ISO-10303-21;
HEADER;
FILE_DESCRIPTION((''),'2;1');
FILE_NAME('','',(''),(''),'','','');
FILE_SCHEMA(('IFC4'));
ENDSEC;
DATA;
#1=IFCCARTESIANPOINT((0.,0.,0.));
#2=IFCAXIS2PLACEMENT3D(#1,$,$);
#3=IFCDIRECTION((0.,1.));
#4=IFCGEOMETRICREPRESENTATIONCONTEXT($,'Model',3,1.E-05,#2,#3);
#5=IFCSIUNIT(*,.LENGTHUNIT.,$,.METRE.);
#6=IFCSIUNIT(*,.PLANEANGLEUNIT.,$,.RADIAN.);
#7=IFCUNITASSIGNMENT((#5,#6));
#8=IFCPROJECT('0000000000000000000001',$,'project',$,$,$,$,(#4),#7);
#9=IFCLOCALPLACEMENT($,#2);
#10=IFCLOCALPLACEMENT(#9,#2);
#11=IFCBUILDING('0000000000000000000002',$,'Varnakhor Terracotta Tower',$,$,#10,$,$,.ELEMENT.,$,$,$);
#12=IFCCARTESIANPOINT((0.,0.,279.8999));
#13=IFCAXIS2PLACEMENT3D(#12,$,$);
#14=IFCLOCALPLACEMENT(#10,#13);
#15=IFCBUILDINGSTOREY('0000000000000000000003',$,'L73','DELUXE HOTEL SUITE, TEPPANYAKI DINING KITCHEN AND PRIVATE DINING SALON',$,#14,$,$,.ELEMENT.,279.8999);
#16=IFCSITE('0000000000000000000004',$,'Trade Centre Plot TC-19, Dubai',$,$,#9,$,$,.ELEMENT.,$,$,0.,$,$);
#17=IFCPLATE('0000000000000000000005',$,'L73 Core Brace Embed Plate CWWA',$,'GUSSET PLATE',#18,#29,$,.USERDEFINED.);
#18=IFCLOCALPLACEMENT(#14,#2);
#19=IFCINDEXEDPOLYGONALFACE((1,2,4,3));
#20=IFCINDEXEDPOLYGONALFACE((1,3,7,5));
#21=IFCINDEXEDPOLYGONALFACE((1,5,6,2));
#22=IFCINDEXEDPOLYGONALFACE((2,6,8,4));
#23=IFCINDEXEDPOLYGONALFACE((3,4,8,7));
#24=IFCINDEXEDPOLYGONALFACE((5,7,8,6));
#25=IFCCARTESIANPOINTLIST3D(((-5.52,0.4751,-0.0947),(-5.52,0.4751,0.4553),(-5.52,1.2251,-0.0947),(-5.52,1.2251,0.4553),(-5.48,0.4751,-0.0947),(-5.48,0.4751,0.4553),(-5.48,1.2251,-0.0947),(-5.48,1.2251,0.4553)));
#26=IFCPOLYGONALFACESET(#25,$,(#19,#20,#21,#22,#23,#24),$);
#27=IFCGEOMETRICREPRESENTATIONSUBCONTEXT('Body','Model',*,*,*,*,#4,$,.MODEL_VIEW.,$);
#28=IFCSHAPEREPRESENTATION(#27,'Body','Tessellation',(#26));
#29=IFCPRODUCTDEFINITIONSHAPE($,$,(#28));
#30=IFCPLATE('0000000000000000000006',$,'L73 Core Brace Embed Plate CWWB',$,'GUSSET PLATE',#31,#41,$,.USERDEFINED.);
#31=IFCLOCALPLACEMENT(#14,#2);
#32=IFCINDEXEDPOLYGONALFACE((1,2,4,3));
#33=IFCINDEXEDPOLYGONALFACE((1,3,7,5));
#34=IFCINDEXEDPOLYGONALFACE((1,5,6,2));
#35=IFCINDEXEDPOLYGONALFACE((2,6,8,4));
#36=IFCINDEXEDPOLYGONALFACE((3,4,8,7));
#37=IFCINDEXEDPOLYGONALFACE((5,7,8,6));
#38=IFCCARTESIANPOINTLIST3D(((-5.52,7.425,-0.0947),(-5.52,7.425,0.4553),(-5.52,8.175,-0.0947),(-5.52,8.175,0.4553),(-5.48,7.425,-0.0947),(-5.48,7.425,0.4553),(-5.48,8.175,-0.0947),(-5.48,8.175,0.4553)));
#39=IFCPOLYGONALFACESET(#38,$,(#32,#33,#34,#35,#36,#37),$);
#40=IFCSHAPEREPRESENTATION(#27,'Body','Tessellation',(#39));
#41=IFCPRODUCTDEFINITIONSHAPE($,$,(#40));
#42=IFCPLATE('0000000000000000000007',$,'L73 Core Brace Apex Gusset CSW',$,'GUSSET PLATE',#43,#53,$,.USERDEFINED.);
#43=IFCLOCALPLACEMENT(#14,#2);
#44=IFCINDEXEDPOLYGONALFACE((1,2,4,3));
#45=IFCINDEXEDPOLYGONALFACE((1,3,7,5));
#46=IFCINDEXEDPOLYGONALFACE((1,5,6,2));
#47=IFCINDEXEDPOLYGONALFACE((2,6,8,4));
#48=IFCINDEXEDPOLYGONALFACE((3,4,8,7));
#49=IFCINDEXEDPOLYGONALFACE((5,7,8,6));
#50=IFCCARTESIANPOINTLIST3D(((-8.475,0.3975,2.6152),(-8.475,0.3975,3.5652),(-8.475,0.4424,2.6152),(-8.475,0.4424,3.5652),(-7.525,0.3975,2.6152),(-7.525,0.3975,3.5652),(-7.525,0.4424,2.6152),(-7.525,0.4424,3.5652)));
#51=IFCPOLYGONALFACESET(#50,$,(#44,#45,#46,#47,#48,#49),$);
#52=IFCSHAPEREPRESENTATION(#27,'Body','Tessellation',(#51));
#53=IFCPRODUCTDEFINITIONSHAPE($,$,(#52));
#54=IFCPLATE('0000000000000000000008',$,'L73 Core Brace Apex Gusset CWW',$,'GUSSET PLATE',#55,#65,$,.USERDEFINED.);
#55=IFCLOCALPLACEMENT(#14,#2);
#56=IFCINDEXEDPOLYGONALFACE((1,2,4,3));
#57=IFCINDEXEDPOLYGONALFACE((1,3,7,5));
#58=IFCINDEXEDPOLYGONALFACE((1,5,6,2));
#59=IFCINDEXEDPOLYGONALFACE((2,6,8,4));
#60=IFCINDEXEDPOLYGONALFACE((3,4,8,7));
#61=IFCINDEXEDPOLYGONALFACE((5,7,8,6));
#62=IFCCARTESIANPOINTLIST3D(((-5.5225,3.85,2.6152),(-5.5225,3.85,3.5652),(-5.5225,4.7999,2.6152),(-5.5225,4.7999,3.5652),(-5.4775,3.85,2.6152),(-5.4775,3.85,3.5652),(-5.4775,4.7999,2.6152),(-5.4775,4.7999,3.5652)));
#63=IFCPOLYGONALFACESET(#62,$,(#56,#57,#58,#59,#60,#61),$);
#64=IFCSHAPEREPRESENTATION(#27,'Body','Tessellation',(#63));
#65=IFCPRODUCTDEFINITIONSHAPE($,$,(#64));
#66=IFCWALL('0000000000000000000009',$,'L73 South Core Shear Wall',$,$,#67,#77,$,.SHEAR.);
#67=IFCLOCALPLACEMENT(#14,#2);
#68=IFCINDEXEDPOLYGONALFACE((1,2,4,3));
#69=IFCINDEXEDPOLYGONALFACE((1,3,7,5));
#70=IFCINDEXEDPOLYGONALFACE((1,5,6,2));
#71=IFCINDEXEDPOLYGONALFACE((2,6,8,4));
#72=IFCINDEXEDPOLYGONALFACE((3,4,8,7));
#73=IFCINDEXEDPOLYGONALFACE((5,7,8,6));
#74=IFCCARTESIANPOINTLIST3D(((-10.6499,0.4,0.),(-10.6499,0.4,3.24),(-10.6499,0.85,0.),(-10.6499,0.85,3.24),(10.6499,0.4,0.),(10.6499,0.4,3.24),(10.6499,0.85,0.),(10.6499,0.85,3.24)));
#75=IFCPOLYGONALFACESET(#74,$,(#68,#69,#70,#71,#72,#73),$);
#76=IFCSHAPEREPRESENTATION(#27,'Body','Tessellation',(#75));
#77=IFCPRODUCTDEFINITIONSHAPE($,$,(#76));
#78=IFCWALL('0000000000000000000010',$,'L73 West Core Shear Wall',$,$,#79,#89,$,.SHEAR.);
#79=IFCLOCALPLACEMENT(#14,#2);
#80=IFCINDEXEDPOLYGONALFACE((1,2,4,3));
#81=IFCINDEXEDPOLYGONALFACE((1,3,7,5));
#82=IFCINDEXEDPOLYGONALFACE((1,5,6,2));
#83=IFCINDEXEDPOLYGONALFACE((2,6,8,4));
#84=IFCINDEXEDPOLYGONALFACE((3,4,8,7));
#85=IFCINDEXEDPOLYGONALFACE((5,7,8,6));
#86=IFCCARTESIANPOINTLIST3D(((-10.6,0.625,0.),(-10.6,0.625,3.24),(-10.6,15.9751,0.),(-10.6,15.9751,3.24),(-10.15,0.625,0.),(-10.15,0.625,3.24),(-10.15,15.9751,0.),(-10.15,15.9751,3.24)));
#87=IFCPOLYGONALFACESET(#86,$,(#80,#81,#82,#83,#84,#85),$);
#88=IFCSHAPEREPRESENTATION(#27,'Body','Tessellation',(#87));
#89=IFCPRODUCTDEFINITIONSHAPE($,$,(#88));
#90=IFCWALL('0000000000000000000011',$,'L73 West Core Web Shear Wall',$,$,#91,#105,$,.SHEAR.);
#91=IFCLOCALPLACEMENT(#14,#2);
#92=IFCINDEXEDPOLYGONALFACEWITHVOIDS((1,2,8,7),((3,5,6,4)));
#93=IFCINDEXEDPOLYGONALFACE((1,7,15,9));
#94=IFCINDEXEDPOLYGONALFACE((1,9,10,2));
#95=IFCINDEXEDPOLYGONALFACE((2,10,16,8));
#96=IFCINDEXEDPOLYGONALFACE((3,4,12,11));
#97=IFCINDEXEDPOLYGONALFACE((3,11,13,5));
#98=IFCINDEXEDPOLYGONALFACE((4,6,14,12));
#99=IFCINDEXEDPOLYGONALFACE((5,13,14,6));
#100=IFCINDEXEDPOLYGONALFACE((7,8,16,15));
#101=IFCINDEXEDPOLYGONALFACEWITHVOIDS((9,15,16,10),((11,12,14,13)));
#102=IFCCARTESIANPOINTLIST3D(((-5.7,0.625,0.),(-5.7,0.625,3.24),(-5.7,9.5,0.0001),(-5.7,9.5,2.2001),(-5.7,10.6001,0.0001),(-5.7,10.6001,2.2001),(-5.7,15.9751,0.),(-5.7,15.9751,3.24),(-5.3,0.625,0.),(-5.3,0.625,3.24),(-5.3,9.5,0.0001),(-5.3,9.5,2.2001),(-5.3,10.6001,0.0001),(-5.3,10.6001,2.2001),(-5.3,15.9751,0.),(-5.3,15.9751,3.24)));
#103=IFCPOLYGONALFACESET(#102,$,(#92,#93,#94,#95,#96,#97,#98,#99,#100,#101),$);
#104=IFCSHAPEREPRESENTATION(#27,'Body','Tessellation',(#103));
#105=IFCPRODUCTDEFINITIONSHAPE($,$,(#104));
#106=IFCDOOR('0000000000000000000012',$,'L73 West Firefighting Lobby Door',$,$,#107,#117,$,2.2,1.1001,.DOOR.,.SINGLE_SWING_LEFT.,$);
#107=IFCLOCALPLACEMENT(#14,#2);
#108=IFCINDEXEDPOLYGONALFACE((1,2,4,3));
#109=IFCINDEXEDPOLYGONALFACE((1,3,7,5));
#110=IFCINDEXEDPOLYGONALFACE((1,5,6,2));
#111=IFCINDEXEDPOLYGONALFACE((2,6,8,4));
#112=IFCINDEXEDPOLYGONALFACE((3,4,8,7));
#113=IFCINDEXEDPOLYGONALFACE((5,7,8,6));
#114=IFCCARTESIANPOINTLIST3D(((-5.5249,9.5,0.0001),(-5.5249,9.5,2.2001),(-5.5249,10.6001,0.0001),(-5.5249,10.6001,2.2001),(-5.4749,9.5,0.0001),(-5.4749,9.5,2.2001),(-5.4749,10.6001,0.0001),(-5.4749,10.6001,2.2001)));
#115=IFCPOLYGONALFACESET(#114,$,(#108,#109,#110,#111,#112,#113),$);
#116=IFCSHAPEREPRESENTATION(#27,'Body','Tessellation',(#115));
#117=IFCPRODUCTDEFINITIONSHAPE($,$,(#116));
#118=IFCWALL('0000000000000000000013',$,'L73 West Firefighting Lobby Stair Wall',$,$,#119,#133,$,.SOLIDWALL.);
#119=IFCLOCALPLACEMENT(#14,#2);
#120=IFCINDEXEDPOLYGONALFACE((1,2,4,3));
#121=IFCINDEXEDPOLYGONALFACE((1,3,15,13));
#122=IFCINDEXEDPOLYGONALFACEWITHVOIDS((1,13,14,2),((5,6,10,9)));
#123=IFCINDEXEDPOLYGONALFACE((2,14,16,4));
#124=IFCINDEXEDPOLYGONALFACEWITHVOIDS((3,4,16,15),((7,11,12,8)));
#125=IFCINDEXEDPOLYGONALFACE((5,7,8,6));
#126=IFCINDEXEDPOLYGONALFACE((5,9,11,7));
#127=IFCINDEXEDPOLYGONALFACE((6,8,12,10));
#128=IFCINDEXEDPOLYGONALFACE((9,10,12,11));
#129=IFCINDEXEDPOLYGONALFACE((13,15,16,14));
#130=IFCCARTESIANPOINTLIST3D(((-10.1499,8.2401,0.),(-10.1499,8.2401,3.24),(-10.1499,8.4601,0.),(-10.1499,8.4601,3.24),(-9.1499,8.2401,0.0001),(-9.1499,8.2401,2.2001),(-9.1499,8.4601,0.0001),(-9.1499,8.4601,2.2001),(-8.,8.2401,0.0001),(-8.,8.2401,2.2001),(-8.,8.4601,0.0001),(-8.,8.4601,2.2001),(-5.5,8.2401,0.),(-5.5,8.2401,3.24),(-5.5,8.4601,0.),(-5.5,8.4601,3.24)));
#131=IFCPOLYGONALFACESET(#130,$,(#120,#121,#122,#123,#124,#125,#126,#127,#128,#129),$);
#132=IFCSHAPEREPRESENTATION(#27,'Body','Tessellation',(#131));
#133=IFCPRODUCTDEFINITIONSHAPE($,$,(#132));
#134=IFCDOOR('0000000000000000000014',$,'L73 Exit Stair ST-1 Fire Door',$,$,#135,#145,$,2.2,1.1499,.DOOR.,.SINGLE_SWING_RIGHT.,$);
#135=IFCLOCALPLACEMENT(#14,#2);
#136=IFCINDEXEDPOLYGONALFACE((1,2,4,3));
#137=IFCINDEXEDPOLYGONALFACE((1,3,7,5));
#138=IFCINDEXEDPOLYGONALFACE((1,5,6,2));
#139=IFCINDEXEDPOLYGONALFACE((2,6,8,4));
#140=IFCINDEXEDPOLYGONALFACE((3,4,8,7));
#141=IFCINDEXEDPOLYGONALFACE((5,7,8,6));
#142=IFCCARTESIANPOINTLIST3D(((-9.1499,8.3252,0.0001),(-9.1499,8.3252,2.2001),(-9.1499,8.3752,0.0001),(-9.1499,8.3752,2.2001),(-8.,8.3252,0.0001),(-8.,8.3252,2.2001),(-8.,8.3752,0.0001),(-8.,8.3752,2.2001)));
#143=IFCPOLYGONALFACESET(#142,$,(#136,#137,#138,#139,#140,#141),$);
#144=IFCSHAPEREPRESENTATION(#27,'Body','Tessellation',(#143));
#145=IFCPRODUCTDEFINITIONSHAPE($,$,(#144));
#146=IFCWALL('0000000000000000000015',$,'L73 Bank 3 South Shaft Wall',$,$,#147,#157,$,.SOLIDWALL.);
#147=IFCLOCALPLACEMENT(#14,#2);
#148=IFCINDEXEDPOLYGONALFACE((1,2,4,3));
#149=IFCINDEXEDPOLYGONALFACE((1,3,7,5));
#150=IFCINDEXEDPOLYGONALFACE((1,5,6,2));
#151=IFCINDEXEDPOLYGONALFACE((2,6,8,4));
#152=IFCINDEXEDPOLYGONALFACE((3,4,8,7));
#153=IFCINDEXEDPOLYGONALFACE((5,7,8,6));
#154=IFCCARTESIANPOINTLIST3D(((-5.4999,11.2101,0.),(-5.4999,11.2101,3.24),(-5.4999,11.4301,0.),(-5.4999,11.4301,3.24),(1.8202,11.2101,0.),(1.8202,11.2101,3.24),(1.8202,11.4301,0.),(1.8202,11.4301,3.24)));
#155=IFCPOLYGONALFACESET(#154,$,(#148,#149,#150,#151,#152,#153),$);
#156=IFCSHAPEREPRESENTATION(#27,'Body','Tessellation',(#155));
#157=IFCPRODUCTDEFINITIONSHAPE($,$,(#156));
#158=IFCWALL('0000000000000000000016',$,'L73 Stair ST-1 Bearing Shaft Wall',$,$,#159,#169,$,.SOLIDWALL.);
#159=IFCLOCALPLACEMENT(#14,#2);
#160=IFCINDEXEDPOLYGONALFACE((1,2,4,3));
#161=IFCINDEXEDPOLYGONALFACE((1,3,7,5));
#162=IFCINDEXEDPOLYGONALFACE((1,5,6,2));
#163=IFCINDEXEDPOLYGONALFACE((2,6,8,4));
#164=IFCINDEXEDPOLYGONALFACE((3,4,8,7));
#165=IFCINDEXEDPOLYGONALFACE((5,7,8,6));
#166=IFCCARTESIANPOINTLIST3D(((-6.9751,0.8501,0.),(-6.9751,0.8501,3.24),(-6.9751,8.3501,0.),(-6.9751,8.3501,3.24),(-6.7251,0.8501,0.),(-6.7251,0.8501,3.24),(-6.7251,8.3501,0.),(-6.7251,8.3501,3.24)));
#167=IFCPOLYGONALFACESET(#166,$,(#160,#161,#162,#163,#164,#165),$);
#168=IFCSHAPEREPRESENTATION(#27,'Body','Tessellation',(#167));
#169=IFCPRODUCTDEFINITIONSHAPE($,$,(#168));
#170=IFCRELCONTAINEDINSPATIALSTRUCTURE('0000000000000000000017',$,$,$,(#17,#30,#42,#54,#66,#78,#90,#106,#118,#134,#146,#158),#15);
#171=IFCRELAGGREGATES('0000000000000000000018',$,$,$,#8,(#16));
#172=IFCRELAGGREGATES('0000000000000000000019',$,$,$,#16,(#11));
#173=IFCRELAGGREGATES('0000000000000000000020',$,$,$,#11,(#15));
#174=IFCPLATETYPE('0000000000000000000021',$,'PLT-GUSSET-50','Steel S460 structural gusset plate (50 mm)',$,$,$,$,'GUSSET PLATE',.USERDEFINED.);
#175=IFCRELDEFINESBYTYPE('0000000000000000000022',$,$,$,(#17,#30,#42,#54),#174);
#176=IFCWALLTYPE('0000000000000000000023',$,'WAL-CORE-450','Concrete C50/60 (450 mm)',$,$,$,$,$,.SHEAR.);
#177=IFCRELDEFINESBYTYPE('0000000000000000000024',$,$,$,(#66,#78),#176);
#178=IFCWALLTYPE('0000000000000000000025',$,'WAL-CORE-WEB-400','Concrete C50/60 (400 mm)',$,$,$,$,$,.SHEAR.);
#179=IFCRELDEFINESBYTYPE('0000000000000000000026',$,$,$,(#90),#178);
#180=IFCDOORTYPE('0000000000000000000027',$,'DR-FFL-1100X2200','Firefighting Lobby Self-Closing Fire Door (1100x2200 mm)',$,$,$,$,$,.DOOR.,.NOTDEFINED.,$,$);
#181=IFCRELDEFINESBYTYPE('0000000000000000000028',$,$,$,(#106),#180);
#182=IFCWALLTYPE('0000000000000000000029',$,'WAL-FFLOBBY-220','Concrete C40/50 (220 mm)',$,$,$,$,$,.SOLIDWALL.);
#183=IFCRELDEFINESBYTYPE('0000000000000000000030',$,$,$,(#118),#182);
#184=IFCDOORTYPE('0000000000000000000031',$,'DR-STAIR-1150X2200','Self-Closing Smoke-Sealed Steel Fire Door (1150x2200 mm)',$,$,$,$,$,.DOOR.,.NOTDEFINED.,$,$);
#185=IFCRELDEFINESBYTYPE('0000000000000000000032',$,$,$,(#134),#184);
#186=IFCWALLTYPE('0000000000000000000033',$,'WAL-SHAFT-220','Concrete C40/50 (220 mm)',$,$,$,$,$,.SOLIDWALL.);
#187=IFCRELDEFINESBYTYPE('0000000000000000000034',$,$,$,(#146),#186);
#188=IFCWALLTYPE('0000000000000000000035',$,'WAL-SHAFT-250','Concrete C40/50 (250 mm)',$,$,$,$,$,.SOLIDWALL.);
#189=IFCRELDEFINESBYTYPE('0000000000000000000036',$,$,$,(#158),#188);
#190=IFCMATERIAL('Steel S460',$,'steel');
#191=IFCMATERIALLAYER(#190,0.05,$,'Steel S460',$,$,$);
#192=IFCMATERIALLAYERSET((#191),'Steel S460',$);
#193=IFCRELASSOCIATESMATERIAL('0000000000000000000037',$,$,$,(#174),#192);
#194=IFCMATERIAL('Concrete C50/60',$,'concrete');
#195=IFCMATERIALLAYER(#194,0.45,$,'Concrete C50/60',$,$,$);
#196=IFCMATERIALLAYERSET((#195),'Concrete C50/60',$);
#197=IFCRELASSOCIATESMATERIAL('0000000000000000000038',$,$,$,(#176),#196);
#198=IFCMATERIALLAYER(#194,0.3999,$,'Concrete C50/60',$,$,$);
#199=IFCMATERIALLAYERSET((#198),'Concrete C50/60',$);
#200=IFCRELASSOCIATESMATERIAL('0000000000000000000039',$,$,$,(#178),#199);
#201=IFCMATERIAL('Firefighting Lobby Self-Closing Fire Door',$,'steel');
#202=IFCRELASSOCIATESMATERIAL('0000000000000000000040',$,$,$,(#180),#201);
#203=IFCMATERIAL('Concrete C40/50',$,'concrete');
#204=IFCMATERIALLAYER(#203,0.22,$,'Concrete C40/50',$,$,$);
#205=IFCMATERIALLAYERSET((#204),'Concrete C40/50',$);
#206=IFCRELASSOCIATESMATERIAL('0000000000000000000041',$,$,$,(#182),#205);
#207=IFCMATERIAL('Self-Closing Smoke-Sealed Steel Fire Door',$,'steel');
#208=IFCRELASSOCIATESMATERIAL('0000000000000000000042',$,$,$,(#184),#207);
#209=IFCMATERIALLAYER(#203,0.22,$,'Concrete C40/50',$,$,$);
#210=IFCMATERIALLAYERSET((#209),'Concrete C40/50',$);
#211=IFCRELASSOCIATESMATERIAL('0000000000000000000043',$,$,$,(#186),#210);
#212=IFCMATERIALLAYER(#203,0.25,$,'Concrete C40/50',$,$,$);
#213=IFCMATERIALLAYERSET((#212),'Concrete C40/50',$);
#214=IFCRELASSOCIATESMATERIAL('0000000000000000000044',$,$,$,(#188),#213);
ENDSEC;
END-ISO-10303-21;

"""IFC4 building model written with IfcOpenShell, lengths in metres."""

from ifc_helpers import new_model, si_unit, direction, frame, frame_2d, origin, origin_2d, place, context, subcontext, project, spatial, rectangle, extrude, source, transform, mapped, material, layer, layer_set, type_object, type_shapes, element, fill, save


model = new_model("IFC4")

# Units and contexts
model_context = context("Model", 3, precision=1e-05, world=origin(), true_north=direction((0.0, 1.0)))
body_context = subcontext(model_context, "Body", "Model", "MODEL_VIEW")
ifc_project = project(units=[si_unit("LENGTHUNIT", "METRE"), si_unit("PLANEANGLEUNIT", "RADIAN")], contexts=[model_context])

# Site, building, storey
site_placement = place(None, origin())
site = spatial("IfcSite", under=ifc_project, at=site_placement, Name="Trade Centre Plot TC-19, Dubai", CompositionType="ELEMENT", RefElevation=0.0)
building_placement = place(site_placement, origin())
building = spatial("IfcBuilding", under=site, at=building_placement, Name="Varnakhor Terracotta Tower", CompositionType="ELEMENT")
storey_placement = place(building_placement, frame((0.0, 0.0, 279.8999)))
storey = spatial("IfcBuildingStorey", under=building, at=storey_placement, Name="L73", Description="DELUXE HOTEL SUITE, TEPPANYAKI DINING KITCHEN AND PRIVATE DINING SALON", CompositionType="ELEMENT", Elevation=279.8999)

# Shared definitions
ifc_material_1 = material(Name="Concrete C50/60", Category="concrete")

# Plates
ifc_material_2 = material(Name="Steel S460", Category="steel")
ifc_layer_1 = layer(ifc_material_2, 0.05, Name="Steel S460")
ifc_layer_set_1 = layer_set([ifc_layer_1], Name="Steel S460")
plate_type = type_object("IfcPlateType", Name="PLT-GUSSET-50", Description="Steel S460 structural gusset plate (50 mm)", ElementType="GUSSET PLATE", PredefinedType="USERDEFINED", material=ifc_layer_set_1)
shared_shape_1 = source(origin(), body_context, "Body", "SweptSolid", [
    extrude(rectangle(XDim=0.75, YDim=0.04, at=origin_2d()), origin(), (0.0, 0.0, 1.0), 0.55),
])
type_shapes(plate_type, [shared_shape_1])
for number, where, z_axis, x_axis, name in (
    (1, (-5.5, 0.8501, -0.0947), (0.0, 0.0, 1.0), (0.0, 1.0, 0.0), "L73 Core Brace Embed Plate CWWA"),
    (2, (-5.5, 7.8, -0.0947), (0.0, 0.0, 1.0), (0.0, 1.0, 0.0), "L73 Core Brace Embed Plate CWWB"),
):
    element("IfcPlate", number, at=place(storey_placement, frame(where, z_axis=z_axis, x_axis=x_axis)), inside=storey, type_object=plate_type, Name=name, ObjectType="GUSSET PLATE", PredefinedType="USERDEFINED", context=body_context, shape_type="MappedRepresentation", body=[
        mapped(shared_shape_1, transform((0.0, 0.0, 0.0), scale=1.0)),
    ])
shared_shape_2 = source(origin(), body_context, "Body", "SweptSolid", [
    extrude(rectangle(XDim=0.95, YDim=0.0449, at=origin_2d()), origin(), (0.0, 0.0, 1.0), 0.95),
])
for number, where, z_axis, x_axis, name in (
    (3, (-8.0, 0.4199, 2.6152), (0.0, 0.0, 1.0), (1.0, 0.0, 0.0), "L73 Core Brace Apex Gusset CSW"),
    (4, (-5.5, 4.325, 2.6152), (0.0, 0.0, 1.0), (0.0, 1.0, 0.0), "L73 Core Brace Apex Gusset CWW"),
):
    element("IfcPlate", number, at=place(storey_placement, frame(where, z_axis=z_axis, x_axis=x_axis)), inside=storey, type_object=plate_type, Name=name, ObjectType="GUSSET PLATE", PredefinedType="USERDEFINED", context=body_context, shape_type="MappedRepresentation", body=[
        mapped(shared_shape_2, transform((0.0, 0.0, 0.0), scale=1.0)),
    ])

# Walls
ifc_layer_2 = layer(ifc_material_1, 0.45, Name="Concrete C50/60")
ifc_layer_set_2 = layer_set([ifc_layer_2], Name="Concrete C50/60")
wall_type_1 = type_object("IfcWallType", Name="WAL-CORE-450", Description="Concrete C50/60 (450 mm)", PredefinedType="SHEAR", material=ifc_layer_set_2)
wall_1_placement = place(storey_placement, frame((-10.6499, 0.625, 0.0), z_axis=(0.0, 0.0, 1.0), x_axis=(1.0, 0.0, 0.0)))
element("IfcWall", 5, at=wall_1_placement, inside=storey, type_object=wall_type_1, Name="L73 South Core Shear Wall", PredefinedType="SHEAR", context=body_context, shape_type="SweptSolid", body=[
    extrude(rectangle(XDim=21.2998, YDim=0.45, at=frame_2d((10.6499, 0.0))), origin(), (0.0, 0.0, 1.0), 3.24),
])
wall_2_placement = place(storey_placement, frame((-10.375, 0.625, 0.0), z_axis=(0.0, 0.0, 1.0), x_axis=(0.0, 1.0, 0.0)))
element("IfcWall", 6, at=wall_2_placement, inside=storey, type_object=wall_type_1, Name="L73 West Core Shear Wall", PredefinedType="SHEAR", context=body_context, shape_type="SweptSolid", body=[
    extrude(rectangle(XDim=15.3501, YDim=0.45, at=frame_2d((7.675, 0.0))), origin(), (0.0, 0.0, 1.0), 3.24),
])

# Walls, openings, doors
ifc_layer_3 = layer(ifc_material_1, 0.3999, Name="Concrete C50/60")
ifc_layer_set_3 = layer_set([ifc_layer_3], Name="Concrete C50/60")
wall_type_2 = type_object("IfcWallType", Name="WAL-CORE-WEB-400", Description="Concrete C50/60 (400 mm)", PredefinedType="SHEAR", material=ifc_layer_set_3)
wall_3_placement = place(storey_placement, frame((-5.5, 0.625, 0.0), z_axis=(0.0, 0.0, 1.0), x_axis=(0.0, 1.0, 0.0)))
wall_3 = element("IfcWall", 7, at=wall_3_placement, inside=storey, type_object=wall_type_2, Name="L73 West Core Web Shear Wall", PredefinedType="SHEAR", context=body_context, shape_type="SweptSolid", body=[
    extrude(rectangle(XDim=15.3501, YDim=0.3999, at=frame_2d((7.675, 0.0))), origin(), (0.0, 0.0, 1.0), 3.24),
])
opening_1_placement = place(wall_3_placement, frame((8.875, 0.0, 0.0)))
opening_1 = element("IfcOpeningElement", 8, at=opening_1_placement, cuts=wall_3, PredefinedType="OPENING", context=body_context, shape_type="SweptSolid", body=[
    extrude(rectangle(XDim=1.1001, YDim=2.2, at=frame_2d((0.55, 1.1001))), frame((0.0, 0.21, 0.0), z_axis=(0.0, -1.0, 0.0), x_axis=(1.0, 0.0, 0.0)), (0.0, 0.0, 1.0), 0.4199),
])
ifc_material_3 = material(Name="Firefighting Lobby Self-Closing Fire Door", Category="steel")
door_type_1 = type_object("IfcDoorType", Name="DR-FFL-1100X2200", Description="Firefighting Lobby Self-Closing Fire Door (1100x2200 mm)", OperationType="NOTDEFINED", PredefinedType="DOOR", material=ifc_material_3)
shared_shape_3 = source(origin(), body_context, "Body", "SweptSolid", [
    extrude(rectangle(XDim=1.1001, YDim=2.2, at=frame_2d((0.55, 1.1001))), frame((0.0, 0.0249, 0.0), z_axis=(0.0, -1.0, 0.0), x_axis=(1.0, 0.0, 0.0)), (0.0, 0.0, 1.0), 0.05),
])
type_shapes(door_type_1, [shared_shape_3])
door_1_placement = place(opening_1_placement, origin())
door_1 = element("IfcDoor", 9, at=door_1_placement, inside=storey, type_object=door_type_1, Name="L73 West Firefighting Lobby Door", OperationType="SINGLE_SWING_LEFT", OverallHeight=2.2, OverallWidth=1.1001, PredefinedType="DOOR", context=body_context, shape_type="MappedRepresentation", body=[
    mapped(shared_shape_3, transform((0.0, 0.0, 0.0), scale=1.0)),
])
fill(opening_1, door_1)
ifc_material_4 = material(Name="Concrete C40/50", Category="concrete")
ifc_layer_4 = layer(ifc_material_4, 0.22, Name="Concrete C40/50")
ifc_layer_set_4 = layer_set([ifc_layer_4], Name="Concrete C40/50")
wall_type_3 = type_object("IfcWallType", Name="WAL-FFLOBBY-220", Description="Concrete C40/50 (220 mm)", PredefinedType="SOLIDWALL", material=ifc_layer_set_4)
wall_4_placement = place(storey_placement, frame((-5.5, 8.3501, 0.0), z_axis=(0.0, 0.0, 1.0), x_axis=(-1.0, 0.0, 0.0)))
wall_4 = element("IfcWall", 10, at=wall_4_placement, inside=storey, type_object=wall_type_3, Name="L73 West Firefighting Lobby Stair Wall", PredefinedType="SOLIDWALL", context=body_context, shape_type="SweptSolid", body=[
    extrude(rectangle(XDim=4.6499, YDim=0.22, at=frame_2d((2.325, 0.0))), origin(), (0.0, 0.0, 1.0), 3.24),
])
opening_2_placement = place(wall_4_placement, frame((2.5, 0.0, 0.0)))
opening_2 = element("IfcOpeningElement", 11, at=opening_2_placement, cuts=wall_4, PredefinedType="OPENING", context=body_context, shape_type="SweptSolid", body=[
    extrude(rectangle(XDim=1.1499, YDim=2.2, at=frame_2d((0.575, 1.1001))), frame((0.0, 0.1201, 0.0), z_axis=(0.0, -1.0, 0.0), x_axis=(1.0, 0.0, 0.0)), (0.0, 0.0, 1.0), 0.24),
])
ifc_material_5 = material(Name="Self-Closing Smoke-Sealed Steel Fire Door", Category="steel")
door_type_2 = type_object("IfcDoorType", Name="DR-STAIR-1150X2200", Description="Self-Closing Smoke-Sealed Steel Fire Door (1150x2200 mm)", OperationType="NOTDEFINED", PredefinedType="DOOR", material=ifc_material_5)
shared_shape_4 = source(origin(), body_context, "Body", "SweptSolid", [
    extrude(rectangle(XDim=1.1499, YDim=2.2, at=frame_2d((0.575, 1.1001))), frame((0.0, 0.0249, 0.0), z_axis=(0.0, -1.0, 0.0), x_axis=(1.0, 0.0, 0.0)), (0.0, 0.0, 1.0), 0.05),
])
type_shapes(door_type_2, [shared_shape_4])
door_2_placement = place(opening_2_placement, origin())
door_2 = element("IfcDoor", 12, at=door_2_placement, inside=storey, type_object=door_type_2, Name="L73 Exit Stair ST-1 Fire Door", OperationType="SINGLE_SWING_RIGHT", OverallHeight=2.2, OverallWidth=1.1499, PredefinedType="DOOR", context=body_context, shape_type="MappedRepresentation", body=[
    mapped(shared_shape_4, transform((0.0, 0.0, 0.0), scale=1.0)),
])
fill(opening_2, door_2)

# Walls
ifc_layer_5 = layer(ifc_material_4, 0.22, Name="Concrete C40/50")
ifc_layer_set_5 = layer_set([ifc_layer_5], Name="Concrete C40/50")
wall_type_4 = type_object("IfcWallType", Name="WAL-SHAFT-220", Description="Concrete C40/50 (220 mm)", PredefinedType="SOLIDWALL", material=ifc_layer_set_5)
wall_5_placement = place(storey_placement, frame((-5.5, 11.3201, 0.0), z_axis=(0.0, 0.0, 1.0), x_axis=(1.0, 0.0, 0.0)))
element("IfcWall", 13, at=wall_5_placement, inside=storey, type_object=wall_type_4, Name="L73 Bank 3 South Shaft Wall", PredefinedType="SOLIDWALL", context=body_context, shape_type="SweptSolid", body=[
    extrude(rectangle(XDim=7.3201, YDim=0.22, at=frame_2d((3.6602, 0.0))), origin(), (0.0, 0.0, 1.0), 3.24),
])
ifc_layer_6 = layer(ifc_material_4, 0.25, Name="Concrete C40/50")
ifc_layer_set_6 = layer_set([ifc_layer_6], Name="Concrete C40/50")
wall_type_5 = type_object("IfcWallType", Name="WAL-SHAFT-250", Description="Concrete C40/50 (250 mm)", PredefinedType="SOLIDWALL", material=ifc_layer_set_6)
wall_6_placement = place(storey_placement, frame((-6.8501, 0.8501, 0.0), z_axis=(0.0, 0.0, 1.0), x_axis=(0.0, 1.0, 0.0)))
element("IfcWall", 14, at=wall_6_placement, inside=storey, type_object=wall_type_5, Name="L73 Stair ST-1 Bearing Shaft Wall", PredefinedType="SOLIDWALL", context=body_context, shape_type="SweptSolid", body=[
    extrude(rectangle(XDim=7.5, YDim=0.25, at=frame_2d((3.75, 0.0))), origin(), (0.0, 0.0, 1.0), 3.24),
])

save(model, "model.ifc")
